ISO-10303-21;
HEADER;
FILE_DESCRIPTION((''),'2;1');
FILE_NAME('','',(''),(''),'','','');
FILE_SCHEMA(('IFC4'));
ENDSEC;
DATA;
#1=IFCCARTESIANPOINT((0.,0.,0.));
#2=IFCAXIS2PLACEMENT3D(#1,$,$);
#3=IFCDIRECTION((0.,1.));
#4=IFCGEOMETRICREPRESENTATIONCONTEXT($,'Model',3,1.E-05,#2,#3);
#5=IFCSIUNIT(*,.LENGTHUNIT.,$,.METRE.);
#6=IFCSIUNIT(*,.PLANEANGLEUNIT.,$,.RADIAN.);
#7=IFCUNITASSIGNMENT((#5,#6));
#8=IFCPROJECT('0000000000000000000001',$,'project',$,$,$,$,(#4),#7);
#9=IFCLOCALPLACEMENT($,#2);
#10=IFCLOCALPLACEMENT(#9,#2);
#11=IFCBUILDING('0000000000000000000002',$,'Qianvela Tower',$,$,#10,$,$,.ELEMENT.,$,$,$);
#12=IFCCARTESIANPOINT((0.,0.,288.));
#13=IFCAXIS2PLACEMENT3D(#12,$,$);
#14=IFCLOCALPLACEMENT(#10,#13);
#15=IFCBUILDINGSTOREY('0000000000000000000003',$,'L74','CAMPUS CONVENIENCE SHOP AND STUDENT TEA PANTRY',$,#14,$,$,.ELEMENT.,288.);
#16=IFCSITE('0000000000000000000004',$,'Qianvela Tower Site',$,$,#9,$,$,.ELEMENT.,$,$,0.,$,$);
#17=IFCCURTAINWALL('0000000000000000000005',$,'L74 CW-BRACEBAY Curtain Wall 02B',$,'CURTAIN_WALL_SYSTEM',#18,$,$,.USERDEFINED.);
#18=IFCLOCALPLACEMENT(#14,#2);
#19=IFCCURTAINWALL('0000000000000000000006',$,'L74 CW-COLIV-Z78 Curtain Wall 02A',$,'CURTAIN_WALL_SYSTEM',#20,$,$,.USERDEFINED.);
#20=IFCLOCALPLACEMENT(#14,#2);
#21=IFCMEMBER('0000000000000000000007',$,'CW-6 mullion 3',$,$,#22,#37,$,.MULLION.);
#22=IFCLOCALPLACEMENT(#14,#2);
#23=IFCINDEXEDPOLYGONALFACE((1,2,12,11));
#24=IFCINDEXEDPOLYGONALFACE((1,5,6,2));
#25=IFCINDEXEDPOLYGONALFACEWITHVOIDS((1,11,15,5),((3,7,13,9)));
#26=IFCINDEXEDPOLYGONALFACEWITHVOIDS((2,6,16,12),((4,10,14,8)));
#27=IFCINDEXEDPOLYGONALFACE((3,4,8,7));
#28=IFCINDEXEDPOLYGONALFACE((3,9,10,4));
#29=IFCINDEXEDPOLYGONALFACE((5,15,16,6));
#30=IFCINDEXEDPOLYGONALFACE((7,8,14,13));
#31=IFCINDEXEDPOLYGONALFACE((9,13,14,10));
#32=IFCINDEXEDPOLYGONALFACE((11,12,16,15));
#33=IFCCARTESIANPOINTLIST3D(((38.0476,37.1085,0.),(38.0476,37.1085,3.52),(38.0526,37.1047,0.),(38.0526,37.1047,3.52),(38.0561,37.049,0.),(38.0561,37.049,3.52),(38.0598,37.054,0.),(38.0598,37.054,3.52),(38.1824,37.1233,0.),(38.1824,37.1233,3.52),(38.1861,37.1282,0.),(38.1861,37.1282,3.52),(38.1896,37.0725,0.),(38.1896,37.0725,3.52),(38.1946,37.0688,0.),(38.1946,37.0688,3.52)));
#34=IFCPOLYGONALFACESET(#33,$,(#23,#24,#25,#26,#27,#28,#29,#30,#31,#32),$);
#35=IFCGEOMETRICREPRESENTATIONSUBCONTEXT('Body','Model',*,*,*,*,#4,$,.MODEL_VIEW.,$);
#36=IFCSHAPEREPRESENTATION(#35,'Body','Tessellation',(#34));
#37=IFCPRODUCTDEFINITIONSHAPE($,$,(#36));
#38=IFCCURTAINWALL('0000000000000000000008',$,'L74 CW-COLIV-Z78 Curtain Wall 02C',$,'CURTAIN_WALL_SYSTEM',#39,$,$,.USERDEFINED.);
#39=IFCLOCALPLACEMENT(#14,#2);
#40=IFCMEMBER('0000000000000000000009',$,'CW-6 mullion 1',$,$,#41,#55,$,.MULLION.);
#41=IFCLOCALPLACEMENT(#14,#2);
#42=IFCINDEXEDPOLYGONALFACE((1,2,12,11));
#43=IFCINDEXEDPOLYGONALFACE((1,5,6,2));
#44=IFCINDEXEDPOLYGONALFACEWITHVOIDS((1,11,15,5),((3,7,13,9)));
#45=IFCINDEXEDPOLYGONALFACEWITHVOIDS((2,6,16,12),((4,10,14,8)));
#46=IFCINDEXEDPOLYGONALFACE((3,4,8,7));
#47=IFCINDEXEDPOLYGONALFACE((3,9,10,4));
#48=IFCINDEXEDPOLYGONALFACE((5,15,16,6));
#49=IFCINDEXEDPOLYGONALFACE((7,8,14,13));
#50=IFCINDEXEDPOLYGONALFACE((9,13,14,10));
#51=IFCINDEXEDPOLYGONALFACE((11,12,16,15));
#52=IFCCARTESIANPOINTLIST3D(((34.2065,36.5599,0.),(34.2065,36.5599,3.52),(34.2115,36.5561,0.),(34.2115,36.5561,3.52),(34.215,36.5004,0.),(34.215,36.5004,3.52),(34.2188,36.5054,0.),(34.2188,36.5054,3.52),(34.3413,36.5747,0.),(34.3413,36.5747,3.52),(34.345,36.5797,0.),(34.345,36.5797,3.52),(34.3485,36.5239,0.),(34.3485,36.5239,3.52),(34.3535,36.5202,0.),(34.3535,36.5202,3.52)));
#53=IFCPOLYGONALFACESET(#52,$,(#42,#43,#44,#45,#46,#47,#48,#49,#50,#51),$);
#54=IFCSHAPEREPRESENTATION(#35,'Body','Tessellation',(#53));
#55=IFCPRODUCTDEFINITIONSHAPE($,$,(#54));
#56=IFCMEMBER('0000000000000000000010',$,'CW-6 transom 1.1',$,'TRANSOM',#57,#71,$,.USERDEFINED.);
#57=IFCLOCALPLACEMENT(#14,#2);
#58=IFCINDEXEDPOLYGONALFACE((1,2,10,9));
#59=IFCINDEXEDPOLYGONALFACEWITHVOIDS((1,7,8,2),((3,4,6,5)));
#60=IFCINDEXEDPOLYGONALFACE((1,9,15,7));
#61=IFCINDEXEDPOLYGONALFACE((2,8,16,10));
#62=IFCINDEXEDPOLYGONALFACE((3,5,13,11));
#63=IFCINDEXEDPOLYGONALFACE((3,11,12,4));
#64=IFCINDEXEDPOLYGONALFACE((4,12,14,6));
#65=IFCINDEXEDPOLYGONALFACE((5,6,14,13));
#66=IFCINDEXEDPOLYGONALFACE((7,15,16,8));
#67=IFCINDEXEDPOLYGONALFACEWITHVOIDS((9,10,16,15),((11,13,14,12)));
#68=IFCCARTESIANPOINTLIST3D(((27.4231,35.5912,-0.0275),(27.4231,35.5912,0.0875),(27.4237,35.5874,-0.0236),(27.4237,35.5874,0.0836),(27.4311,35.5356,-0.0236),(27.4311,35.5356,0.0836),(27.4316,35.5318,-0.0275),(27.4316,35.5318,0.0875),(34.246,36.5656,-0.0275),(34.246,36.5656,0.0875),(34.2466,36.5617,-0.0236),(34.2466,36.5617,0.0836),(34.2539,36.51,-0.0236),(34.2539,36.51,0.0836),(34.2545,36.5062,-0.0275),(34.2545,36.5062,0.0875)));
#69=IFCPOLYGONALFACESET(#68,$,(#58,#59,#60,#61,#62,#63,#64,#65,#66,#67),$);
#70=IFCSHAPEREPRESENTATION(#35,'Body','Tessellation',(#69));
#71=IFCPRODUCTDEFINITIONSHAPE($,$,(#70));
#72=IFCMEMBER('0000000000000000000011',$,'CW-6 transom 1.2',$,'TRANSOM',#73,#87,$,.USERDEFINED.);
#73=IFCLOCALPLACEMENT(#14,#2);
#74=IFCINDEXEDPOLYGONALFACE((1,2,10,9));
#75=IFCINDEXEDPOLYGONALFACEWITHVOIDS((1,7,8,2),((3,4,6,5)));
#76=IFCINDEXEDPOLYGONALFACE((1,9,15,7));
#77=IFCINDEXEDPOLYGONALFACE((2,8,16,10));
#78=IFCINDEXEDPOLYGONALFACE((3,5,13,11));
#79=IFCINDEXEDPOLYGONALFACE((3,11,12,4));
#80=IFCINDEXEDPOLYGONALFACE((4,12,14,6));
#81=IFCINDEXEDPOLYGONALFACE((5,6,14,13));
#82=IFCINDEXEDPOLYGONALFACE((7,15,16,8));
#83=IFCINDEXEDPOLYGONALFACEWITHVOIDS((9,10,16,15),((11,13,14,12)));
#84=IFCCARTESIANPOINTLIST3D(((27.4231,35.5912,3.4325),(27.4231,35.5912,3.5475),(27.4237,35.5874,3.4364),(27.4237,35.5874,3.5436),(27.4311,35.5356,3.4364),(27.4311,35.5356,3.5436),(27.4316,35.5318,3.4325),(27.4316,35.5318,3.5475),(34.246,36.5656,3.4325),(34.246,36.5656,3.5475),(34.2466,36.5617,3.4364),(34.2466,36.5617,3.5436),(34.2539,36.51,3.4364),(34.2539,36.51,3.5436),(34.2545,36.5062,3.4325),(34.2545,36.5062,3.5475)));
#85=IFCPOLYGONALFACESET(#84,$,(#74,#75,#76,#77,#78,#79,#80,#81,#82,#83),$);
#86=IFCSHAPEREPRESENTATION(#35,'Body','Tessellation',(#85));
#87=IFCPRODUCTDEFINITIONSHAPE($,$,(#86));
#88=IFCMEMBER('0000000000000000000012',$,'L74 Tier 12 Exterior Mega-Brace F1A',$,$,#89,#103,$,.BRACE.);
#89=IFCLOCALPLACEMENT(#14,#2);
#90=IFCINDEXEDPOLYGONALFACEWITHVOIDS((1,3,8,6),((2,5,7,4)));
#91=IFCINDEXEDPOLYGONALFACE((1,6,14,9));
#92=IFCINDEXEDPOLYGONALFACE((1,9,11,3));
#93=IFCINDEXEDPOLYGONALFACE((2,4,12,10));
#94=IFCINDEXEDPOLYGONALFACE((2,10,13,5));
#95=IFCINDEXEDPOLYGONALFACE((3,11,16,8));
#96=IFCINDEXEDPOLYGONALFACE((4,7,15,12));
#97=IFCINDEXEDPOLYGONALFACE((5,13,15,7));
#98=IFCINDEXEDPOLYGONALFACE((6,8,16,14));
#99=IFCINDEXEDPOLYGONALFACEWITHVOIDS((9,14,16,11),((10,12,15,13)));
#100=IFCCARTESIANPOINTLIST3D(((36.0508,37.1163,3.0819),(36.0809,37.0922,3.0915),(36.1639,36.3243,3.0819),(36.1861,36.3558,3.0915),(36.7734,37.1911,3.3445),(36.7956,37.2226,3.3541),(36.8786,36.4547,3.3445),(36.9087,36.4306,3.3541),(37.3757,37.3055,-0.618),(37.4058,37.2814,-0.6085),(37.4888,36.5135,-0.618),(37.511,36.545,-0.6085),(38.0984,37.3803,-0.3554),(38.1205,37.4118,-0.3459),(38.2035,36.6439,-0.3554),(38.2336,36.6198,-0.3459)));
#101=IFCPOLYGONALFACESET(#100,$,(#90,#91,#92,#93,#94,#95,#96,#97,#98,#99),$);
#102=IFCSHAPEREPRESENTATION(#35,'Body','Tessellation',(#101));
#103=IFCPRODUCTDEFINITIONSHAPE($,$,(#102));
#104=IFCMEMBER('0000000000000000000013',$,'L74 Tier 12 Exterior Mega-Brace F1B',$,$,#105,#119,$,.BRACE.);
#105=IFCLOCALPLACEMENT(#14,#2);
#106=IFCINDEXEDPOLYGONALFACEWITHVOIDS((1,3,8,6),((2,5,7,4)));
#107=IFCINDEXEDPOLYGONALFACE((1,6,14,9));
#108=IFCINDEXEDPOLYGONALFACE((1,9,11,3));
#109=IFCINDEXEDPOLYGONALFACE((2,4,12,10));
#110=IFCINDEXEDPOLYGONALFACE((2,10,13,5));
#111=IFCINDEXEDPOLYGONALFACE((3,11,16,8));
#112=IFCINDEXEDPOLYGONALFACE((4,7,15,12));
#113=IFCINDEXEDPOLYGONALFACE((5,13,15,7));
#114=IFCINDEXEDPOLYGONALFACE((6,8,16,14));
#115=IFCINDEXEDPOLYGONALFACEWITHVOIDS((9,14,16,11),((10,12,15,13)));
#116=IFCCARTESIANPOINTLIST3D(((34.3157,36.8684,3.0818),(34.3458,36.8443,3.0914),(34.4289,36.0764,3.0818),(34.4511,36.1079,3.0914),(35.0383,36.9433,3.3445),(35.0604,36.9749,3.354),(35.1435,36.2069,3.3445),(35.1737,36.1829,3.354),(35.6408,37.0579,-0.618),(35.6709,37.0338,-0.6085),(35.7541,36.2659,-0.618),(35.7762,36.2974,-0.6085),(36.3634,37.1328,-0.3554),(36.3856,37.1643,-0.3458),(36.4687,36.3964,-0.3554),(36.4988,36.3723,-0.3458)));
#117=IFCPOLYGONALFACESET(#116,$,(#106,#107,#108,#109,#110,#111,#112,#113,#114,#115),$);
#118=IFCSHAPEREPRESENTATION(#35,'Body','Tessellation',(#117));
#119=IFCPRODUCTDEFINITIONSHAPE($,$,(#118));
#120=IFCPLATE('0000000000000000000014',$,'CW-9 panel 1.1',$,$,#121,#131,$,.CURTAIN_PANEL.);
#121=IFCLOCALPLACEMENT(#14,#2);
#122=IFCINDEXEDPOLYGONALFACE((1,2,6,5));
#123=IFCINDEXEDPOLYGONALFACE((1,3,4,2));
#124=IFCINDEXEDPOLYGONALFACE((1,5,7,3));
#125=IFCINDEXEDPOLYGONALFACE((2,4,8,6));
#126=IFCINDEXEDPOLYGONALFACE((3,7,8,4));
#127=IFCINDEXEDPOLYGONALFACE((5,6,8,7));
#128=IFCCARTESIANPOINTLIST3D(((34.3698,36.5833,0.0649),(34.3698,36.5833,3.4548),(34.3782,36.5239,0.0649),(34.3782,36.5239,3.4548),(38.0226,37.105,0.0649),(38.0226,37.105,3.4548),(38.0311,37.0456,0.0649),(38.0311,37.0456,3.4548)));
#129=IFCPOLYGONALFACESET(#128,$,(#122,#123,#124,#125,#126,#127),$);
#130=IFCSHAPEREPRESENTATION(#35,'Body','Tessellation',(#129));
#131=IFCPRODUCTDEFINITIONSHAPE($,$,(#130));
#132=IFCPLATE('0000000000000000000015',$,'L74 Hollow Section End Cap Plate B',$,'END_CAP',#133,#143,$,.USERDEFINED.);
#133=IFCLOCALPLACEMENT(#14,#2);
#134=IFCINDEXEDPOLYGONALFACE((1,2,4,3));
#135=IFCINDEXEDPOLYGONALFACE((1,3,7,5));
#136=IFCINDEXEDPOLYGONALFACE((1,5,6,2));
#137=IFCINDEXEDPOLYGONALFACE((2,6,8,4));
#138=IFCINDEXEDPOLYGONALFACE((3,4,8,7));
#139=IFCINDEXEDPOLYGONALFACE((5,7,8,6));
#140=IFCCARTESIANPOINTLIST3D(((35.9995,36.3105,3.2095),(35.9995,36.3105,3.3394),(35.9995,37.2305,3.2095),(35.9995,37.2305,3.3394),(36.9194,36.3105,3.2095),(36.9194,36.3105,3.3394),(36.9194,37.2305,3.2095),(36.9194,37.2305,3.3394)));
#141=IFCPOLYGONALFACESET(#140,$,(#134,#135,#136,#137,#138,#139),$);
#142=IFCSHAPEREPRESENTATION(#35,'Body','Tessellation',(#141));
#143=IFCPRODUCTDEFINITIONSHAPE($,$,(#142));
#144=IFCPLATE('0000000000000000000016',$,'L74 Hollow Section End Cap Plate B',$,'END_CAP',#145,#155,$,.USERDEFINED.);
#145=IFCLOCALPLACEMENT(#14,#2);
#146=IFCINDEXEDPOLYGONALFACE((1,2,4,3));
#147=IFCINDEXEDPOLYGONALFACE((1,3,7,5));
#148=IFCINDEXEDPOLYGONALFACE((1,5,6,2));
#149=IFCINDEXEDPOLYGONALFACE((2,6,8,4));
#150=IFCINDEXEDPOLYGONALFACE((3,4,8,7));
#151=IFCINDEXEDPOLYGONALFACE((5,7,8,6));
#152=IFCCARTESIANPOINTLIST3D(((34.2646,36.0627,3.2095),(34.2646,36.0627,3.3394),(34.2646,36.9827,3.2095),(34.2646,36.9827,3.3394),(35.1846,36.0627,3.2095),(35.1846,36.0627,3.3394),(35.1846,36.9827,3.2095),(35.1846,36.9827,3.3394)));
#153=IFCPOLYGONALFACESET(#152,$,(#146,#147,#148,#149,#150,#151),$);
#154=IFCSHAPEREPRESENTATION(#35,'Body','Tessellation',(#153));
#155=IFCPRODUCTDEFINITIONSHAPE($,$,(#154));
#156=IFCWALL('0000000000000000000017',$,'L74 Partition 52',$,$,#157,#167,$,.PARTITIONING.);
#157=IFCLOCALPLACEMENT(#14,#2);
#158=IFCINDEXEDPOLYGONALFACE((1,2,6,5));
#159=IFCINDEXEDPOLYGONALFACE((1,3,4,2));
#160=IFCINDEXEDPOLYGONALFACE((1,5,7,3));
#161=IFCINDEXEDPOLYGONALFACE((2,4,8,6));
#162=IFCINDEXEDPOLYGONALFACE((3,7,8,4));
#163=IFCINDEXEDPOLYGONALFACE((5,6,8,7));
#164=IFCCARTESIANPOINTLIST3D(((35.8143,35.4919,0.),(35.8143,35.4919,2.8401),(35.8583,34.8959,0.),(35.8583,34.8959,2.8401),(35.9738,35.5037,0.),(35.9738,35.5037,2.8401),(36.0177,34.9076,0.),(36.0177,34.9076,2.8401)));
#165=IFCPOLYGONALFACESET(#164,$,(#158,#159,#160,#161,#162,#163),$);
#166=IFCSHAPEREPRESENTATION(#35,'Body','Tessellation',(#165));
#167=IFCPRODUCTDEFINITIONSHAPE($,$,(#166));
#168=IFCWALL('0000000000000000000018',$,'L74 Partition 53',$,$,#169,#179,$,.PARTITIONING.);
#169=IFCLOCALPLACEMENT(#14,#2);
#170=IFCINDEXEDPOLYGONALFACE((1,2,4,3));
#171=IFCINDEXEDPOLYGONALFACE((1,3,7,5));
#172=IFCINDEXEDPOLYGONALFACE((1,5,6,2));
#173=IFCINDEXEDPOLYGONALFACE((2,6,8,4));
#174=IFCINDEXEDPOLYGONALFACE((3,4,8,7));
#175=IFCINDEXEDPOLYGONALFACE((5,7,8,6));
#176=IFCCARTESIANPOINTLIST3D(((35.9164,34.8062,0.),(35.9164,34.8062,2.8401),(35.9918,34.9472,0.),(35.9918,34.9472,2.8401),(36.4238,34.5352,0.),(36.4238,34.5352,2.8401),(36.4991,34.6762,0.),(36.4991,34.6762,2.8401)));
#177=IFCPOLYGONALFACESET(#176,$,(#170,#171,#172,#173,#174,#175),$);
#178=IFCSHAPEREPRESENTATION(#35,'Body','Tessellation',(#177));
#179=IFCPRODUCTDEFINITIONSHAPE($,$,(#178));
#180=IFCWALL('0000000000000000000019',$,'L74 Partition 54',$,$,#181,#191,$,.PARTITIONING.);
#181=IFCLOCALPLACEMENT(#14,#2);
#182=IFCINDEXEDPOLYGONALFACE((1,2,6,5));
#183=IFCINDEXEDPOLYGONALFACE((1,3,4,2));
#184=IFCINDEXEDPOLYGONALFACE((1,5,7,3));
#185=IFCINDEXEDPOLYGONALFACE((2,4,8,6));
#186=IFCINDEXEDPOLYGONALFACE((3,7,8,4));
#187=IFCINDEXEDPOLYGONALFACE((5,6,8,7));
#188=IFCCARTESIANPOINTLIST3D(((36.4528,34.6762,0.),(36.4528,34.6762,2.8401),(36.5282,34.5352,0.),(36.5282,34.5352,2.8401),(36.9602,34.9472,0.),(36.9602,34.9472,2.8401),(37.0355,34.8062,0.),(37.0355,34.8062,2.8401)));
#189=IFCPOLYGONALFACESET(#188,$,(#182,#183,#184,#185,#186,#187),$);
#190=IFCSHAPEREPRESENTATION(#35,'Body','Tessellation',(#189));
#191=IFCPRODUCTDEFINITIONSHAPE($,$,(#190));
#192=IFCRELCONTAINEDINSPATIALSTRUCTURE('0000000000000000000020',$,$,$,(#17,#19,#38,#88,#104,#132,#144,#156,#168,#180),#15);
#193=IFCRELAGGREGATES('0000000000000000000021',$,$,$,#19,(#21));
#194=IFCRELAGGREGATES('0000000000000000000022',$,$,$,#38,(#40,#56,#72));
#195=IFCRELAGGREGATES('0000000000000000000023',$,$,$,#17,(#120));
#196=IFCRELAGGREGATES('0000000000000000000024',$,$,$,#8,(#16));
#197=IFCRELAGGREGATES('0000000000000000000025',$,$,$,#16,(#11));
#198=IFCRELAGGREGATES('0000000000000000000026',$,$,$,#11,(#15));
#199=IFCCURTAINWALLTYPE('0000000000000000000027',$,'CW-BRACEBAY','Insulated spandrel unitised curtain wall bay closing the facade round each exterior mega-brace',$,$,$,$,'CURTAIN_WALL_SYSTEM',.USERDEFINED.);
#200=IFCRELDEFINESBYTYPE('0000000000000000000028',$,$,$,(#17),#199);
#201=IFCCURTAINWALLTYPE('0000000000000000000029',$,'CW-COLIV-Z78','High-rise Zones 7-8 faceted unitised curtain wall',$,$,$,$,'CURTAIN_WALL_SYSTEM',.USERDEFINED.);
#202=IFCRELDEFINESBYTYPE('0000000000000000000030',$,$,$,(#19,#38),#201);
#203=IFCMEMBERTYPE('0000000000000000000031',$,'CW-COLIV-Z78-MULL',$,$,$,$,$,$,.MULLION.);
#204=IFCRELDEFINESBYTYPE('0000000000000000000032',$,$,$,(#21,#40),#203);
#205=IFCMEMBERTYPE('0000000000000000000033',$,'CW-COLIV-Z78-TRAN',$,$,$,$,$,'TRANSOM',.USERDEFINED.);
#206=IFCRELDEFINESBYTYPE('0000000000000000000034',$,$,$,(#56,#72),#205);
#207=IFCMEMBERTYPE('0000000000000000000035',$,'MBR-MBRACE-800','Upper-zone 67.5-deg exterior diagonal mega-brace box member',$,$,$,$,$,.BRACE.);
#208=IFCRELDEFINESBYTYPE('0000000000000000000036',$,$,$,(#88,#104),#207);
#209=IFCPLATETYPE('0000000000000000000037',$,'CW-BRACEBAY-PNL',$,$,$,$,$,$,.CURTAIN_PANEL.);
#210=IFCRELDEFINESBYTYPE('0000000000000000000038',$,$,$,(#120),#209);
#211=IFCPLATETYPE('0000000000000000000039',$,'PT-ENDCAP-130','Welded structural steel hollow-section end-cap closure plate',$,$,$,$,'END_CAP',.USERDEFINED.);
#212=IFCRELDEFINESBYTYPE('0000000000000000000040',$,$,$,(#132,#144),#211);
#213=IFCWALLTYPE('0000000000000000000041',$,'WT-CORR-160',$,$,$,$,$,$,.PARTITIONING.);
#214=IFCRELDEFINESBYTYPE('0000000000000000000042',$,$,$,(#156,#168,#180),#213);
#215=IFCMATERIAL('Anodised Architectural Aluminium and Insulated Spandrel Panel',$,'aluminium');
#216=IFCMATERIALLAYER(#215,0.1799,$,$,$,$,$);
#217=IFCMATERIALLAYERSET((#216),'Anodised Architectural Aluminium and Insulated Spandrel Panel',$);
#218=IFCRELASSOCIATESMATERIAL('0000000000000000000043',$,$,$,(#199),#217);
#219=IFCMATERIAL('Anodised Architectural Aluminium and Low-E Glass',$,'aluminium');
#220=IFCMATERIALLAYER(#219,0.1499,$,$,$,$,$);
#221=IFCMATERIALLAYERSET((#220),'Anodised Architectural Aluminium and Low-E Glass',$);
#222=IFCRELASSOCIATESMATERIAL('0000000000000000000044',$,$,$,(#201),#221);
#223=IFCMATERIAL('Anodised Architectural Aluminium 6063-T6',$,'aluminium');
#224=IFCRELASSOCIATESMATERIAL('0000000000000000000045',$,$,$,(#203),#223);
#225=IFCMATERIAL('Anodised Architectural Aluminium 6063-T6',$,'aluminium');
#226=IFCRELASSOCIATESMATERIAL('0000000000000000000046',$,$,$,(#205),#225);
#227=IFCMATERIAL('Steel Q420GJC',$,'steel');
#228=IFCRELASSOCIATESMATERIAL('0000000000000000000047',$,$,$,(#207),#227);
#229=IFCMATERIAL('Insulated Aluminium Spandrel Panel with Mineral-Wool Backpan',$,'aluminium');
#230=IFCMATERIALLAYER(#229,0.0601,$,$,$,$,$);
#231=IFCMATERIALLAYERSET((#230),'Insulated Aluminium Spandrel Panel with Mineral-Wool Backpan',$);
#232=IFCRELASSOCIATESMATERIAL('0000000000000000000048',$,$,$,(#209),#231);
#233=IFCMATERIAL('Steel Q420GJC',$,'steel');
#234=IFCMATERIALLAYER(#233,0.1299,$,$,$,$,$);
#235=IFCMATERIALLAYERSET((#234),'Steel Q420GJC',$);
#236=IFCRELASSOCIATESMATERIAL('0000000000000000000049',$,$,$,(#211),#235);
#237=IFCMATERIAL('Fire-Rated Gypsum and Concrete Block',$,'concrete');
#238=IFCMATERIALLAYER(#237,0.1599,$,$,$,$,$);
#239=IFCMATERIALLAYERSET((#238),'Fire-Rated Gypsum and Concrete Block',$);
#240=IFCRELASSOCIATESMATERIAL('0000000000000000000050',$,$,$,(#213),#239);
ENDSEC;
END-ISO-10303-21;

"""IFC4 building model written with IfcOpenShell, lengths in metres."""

from ifc_helpers import new_model, si_unit, direction, frame, frame_2d, origin, origin_2d, place, context, subcontext, project, spatial, rectangle, hollow_rectangle, extrude, material, layer, layer_set, material_profile, profile_set, type_object, element, aggregate, save


model = new_model("IFC4")

# Units and contexts
model_context = context("Model", 3, precision=1e-05, world=origin(), true_north=direction((0.0, 1.0)))
body_context = subcontext(model_context, "Body", "Model", "MODEL_VIEW")
ifc_project = project(units=[si_unit("LENGTHUNIT", "METRE"), si_unit("PLANEANGLEUNIT", "RADIAN")], contexts=[model_context])

# Site, building, storey
site_placement = place(None, origin())
site = spatial("IfcSite", under=ifc_project, at=site_placement, Name="Qianvela Tower Site", CompositionType="ELEMENT", RefElevation=0.0)
building_placement = place(site_placement, origin())
building = spatial("IfcBuilding", under=site, at=building_placement, Name="Qianvela Tower", CompositionType="ELEMENT")
storey_placement = place(building_placement, frame((0.0, 0.0, 288.0)))
storey = spatial("IfcBuildingStorey", under=building, at=storey_placement, Name="L74", Description="CAMPUS CONVENIENCE SHOP AND STUDENT TEA PANTRY", CompositionType="ELEMENT", Elevation=288.0)

# Curtain wall
ifc_material_1 = material(Name="Anodised Architectural Aluminium and Insulated Spandrel Panel", Category="aluminium")
ifc_layer_1 = layer(ifc_material_1, 0.1799)
ifc_layer_set_1 = layer_set([ifc_layer_1], Name="Anodised Architectural Aluminium and Insulated Spandrel Panel")
curtain_wall_type_1 = type_object("IfcCurtainWallType", Name="CW-BRACEBAY", Description="Insulated spandrel unitised curtain wall bay closing the facade round each exterior mega-brace", ElementType="CURTAIN_WALL_SYSTEM", PredefinedType="USERDEFINED", material=ifc_layer_set_1)
curtain_wall_1_placement = place(storey_placement, origin())
curtain_wall_1 = element("IfcCurtainWall", 1, at=curtain_wall_1_placement, inside=storey, type_object=curtain_wall_type_1, Name="L74 CW-BRACEBAY Curtain Wall 02B", ObjectType="CURTAIN_WALL_SYSTEM", PredefinedType="USERDEFINED")

# Curtain wall, member
ifc_material_2 = material(Name="Anodised Architectural Aluminium and Low-E Glass", Category="aluminium")
ifc_layer_2 = layer(ifc_material_2, 0.1499)
ifc_layer_set_2 = layer_set([ifc_layer_2], Name="Anodised Architectural Aluminium and Low-E Glass")
curtain_wall_type_2 = type_object("IfcCurtainWallType", Name="CW-COLIV-Z78", Description="High-rise Zones 7-8 faceted unitised curtain wall", ElementType="CURTAIN_WALL_SYSTEM", PredefinedType="USERDEFINED", material=ifc_layer_set_2)
curtain_wall_2_placement = place(storey_placement, origin())
curtain_wall_2 = element("IfcCurtainWall", 2, at=curtain_wall_2_placement, inside=storey, type_object=curtain_wall_type_2, Name="L74 CW-COLIV-Z78 Curtain Wall 02A", ObjectType="CURTAIN_WALL_SYSTEM", PredefinedType="USERDEFINED")
ifc_material_3 = material(Name="Anodised Architectural Aluminium 6063-T6", Category="aluminium")
ifc_material_profile_1 = material_profile(ifc_material_3, hollow_rectangle(XDim=0.0601, YDim=0.1399, WallThickness=0.0044, at=origin_2d()), Name="ALU-MULL-60x140")
ifc_profile_set_1 = profile_set([ifc_material_profile_1], Name="Anodised Architectural Aluminium 6063-T6")
member_type_1 = type_object("IfcMemberType", Name="CW-COLIV-Z78-MULL", PredefinedType="MULLION", material=ifc_profile_set_1)
member_1_placement = place(storey_placement, frame((38.1211, 37.0886, 0.0), z_axis=(0.0, 0.0, 1.0), x_axis=(0.141362, -0.989958, 0.0)))
member_1 = element("IfcMember", 3, at=member_1_placement, type_object=member_type_1, Name="CW-6 mullion 3", PredefinedType="MULLION", context=body_context, shape_type="SweptSolid", body=[
    extrude(hollow_rectangle(XDim=0.0601, YDim=0.1399, WallThickness=0.0044, at=origin_2d()), origin(), (0.0, 0.0, 1.0), 3.52),
])
aggregate(curtain_wall_2, [member_1])

# Curtain wall, members
curtain_wall_3_placement = place(storey_placement, origin())
curtain_wall_3 = element("IfcCurtainWall", 4, at=curtain_wall_3_placement, inside=storey, type_object=curtain_wall_type_2, Name="L74 CW-COLIV-Z78 Curtain Wall 02C", ObjectType="CURTAIN_WALL_SYSTEM", PredefinedType="USERDEFINED")
member_2_placement = place(storey_placement, frame((34.28, 36.54, 0.0), z_axis=(0.0, 0.0, 1.0), x_axis=(0.141362, -0.989958, 0.0)))
member_2 = element("IfcMember", 5, at=member_2_placement, type_object=member_type_1, Name="CW-6 mullion 1", PredefinedType="MULLION", context=body_context, shape_type="SweptSolid", body=[
    extrude(hollow_rectangle(XDim=0.0601, YDim=0.1399, WallThickness=0.0044, at=origin_2d()), origin(), (0.0, 0.0, 1.0), 3.52),
])
ifc_material_4 = material(Name="Anodised Architectural Aluminium 6063-T6", Category="aluminium")
ifc_material_profile_2 = material_profile(ifc_material_4, hollow_rectangle(XDim=0.0601, YDim=0.115, WallThickness=0.0039, at=origin_2d()), Name="ALU-TRAN-60x115")
ifc_profile_set_2 = profile_set([ifc_material_profile_2], Name="Anodised Architectural Aluminium 6063-T6")
member_type_2 = type_object("IfcMemberType", Name="CW-COLIV-Z78-TRAN", ElementType="TRANSOM", PredefinedType="USERDEFINED", material=ifc_profile_set_2)
member_3_placement = place(storey_placement, frame((34.2502, 36.5359, 0.03), z_axis=(-0.989956, -0.141377, 0.0), x_axis=(0.141377, -0.989956, 0.0)))
member_3 = element("IfcMember", 6, at=member_3_placement, type_object=member_type_2, Name="CW-6 transom 1.1", ObjectType="TRANSOM", PredefinedType="USERDEFINED", context=body_context, shape_type="SweptSolid", body=[
    extrude(hollow_rectangle(XDim=0.0601, YDim=0.115, WallThickness=0.0039, at=origin_2d()), origin(), (0.0, 0.0, 1.0), 6.8921),
])
member_4_placement = place(storey_placement, frame((34.2502, 36.5359, 3.49), z_axis=(-0.989956, -0.141377, 0.0), x_axis=(0.141377, -0.989956, 0.0)))
member_4 = element("IfcMember", 7, at=member_4_placement, type_object=member_type_2, Name="CW-6 transom 1.2", ObjectType="TRANSOM", PredefinedType="USERDEFINED", context=body_context, shape_type="SweptSolid", body=[
    extrude(hollow_rectangle(XDim=0.0601, YDim=0.115, WallThickness=0.0039, at=origin_2d()), origin(), (0.0, 0.0, 1.0), 6.8921),
])
aggregate(curtain_wall_3, [member_2, member_3, member_4])

# Members
ifc_material_5 = material(Name="Steel Q420GJC", Category="steel")
ifc_material_profile_3 = material_profile(ifc_material_5, hollow_rectangle(XDim=0.8, YDim=0.8, WallThickness=0.0281, at=origin_2d()), Name="MBOX-800x800x28")
ifc_profile_set_3 = profile_set([ifc_material_profile_3], Name="Steel Q420GJC")
member_type_3 = type_object("IfcMemberType", Name="MBR-MBRACE-800", Description="Upper-zone 67.5-deg exterior diagonal mega-brace box member", PredefinedType="BRACE", material=ifc_profile_set_3)
for number, where, z_axis, x_axis, name in (
    (8, (37.8047, 36.9626, -0.4819), (-0.336745, -0.048089, 0.940367), (0.14137, -0.989957, 0.0), "L74 Tier 12 Exterior Mega-Brace F1A"),
    (9, (36.0698, 36.7151, -0.4819), (-0.336799, -0.04815, 0.940345), (0.141523, -0.989935, 0.0), "L74 Tier 12 Exterior Mega-Brace F1B"),
):
    element("IfcMember", number, at=place(storey_placement, frame(where, z_axis=z_axis, x_axis=x_axis)), inside=storey, type_object=member_type_3, Name=name, PredefinedType="BRACE", context=body_context, shape_type="SweptSolid", body=[
        extrude(hollow_rectangle(XDim=0.8, YDim=0.8, WallThickness=0.0281, at=origin_2d()), origin(), (0.0, 0.0, 1.0), 3.9346),
    ])

# Plate
ifc_material_6 = material(Name="Insulated Aluminium Spandrel Panel with Mineral-Wool Backpan", Category="aluminium")
ifc_layer_3 = layer(ifc_material_6, 0.0601)
ifc_layer_set_3 = layer_set([ifc_layer_3], Name="Insulated Aluminium Spandrel Panel with Mineral-Wool Backpan")
plate_type_1 = type_object("IfcPlateType", Name="CW-BRACEBAY-PNL", PredefinedType="CURTAIN_PANEL", material=ifc_layer_set_3)
plate_placement = place(storey_placement, frame((36.2004, 36.8145, 0.0649), z_axis=(0.0, 0.0, 1.0), x_axis=(-0.989954, -0.141388, 0.0)))
plate = element("IfcPlate", 10, at=plate_placement, type_object=plate_type_1, Name="CW-9 panel 1.1", PredefinedType="CURTAIN_PANEL", context=body_context, shape_type="SweptSolid", body=[
    extrude(rectangle(XDim=3.6899, YDim=0.0601, at=origin_2d()), origin(), (0.0, 0.0, 1.0), 3.3899),
])
aggregate(curtain_wall_1, [plate])

# Plates
ifc_material_7 = material(Name="Steel Q420GJC", Category="steel")
ifc_layer_4 = layer(ifc_material_7, 0.1299)
ifc_layer_set_4 = layer_set([ifc_layer_4], Name="Steel Q420GJC")
plate_type_2 = type_object("IfcPlateType", Name="PT-ENDCAP-130", Description="Welded structural steel hollow-section end-cap closure plate", ElementType="END_CAP", PredefinedType="USERDEFINED", material=ifc_layer_set_4)
for number, where, z_axis, x_axis, name in (
    (11, (36.4595, 36.7705, 3.2095), (0.0, 0.0, 1.0), (1.0, 0.0, 0.0), "L74 Hollow Section End Cap Plate B"),
    (12, (34.7246, 36.5227, 3.2095), (0.0, 0.0, 1.0), (1.0, 0.0, 0.0), "L74 Hollow Section End Cap Plate B"),
):
    element("IfcPlate", number, at=place(storey_placement, frame(where, z_axis=z_axis, x_axis=x_axis)), inside=storey, type_object=plate_type_2, Name=name, ObjectType="END_CAP", PredefinedType="USERDEFINED", context=body_context, shape_type="SweptSolid", body=[
        extrude(rectangle(XDim=0.9199, YDim=0.9199, at=origin_2d()), origin(), (0.0, 0.0, 1.0), 0.1299),
    ])

# Walls
ifc_material_8 = material(Name="Fire-Rated Gypsum and Concrete Block", Category="concrete")
ifc_layer_5 = layer(ifc_material_8, 0.1599)
ifc_layer_set_5 = layer_set([ifc_layer_5], Name="Fire-Rated Gypsum and Concrete Block")
wall_type_1 = type_object("IfcWallType", Name="WT-CORR-160", PredefinedType="PARTITIONING", material=ifc_layer_set_5)
wall_1_placement = place(storey_placement, frame((35.894, 35.4978, 0.0), z_axis=(0.0, 0.0, 1.0), x_axis=(0.073541, -0.997292, 0.0)))
element("IfcWall", 13, at=wall_1_placement, inside=storey, type_object=wall_type_1, Name="L74 Partition 52", PredefinedType="PARTITIONING", context=body_context, shape_type="SweptSolid", body=[
    extrude(rectangle(XDim=0.5977, YDim=0.1599, at=frame_2d((0.2988, 0.0))), origin(), (0.0, 0.0, 1.0), 2.8401),
])
for number, where, z_axis, x_axis, name in (
    (14, (35.9541, 34.8767, 0.0), (0.0, 0.0, 1.0), (0.882047, -0.471161, 0.0), "L74 Partition 53"),
    (15, (36.4905, 34.6057, 0.0), (0.0, 0.0, 1.0), (0.882047, 0.471161, 0.0), "L74 Partition 54"),
):
    element("IfcWall", number, at=place(storey_placement, frame(where, z_axis=z_axis, x_axis=x_axis)), inside=storey, type_object=wall_type_1, Name=name, PredefinedType="PARTITIONING", context=body_context, shape_type="SweptSolid", body=[
        extrude(rectangle(XDim=0.5752, YDim=0.1599, at=frame_2d((0.2876, 0.0))), origin(), (0.0, 0.0, 1.0), 2.8401),
    ])

save(model, "model.ifc")
